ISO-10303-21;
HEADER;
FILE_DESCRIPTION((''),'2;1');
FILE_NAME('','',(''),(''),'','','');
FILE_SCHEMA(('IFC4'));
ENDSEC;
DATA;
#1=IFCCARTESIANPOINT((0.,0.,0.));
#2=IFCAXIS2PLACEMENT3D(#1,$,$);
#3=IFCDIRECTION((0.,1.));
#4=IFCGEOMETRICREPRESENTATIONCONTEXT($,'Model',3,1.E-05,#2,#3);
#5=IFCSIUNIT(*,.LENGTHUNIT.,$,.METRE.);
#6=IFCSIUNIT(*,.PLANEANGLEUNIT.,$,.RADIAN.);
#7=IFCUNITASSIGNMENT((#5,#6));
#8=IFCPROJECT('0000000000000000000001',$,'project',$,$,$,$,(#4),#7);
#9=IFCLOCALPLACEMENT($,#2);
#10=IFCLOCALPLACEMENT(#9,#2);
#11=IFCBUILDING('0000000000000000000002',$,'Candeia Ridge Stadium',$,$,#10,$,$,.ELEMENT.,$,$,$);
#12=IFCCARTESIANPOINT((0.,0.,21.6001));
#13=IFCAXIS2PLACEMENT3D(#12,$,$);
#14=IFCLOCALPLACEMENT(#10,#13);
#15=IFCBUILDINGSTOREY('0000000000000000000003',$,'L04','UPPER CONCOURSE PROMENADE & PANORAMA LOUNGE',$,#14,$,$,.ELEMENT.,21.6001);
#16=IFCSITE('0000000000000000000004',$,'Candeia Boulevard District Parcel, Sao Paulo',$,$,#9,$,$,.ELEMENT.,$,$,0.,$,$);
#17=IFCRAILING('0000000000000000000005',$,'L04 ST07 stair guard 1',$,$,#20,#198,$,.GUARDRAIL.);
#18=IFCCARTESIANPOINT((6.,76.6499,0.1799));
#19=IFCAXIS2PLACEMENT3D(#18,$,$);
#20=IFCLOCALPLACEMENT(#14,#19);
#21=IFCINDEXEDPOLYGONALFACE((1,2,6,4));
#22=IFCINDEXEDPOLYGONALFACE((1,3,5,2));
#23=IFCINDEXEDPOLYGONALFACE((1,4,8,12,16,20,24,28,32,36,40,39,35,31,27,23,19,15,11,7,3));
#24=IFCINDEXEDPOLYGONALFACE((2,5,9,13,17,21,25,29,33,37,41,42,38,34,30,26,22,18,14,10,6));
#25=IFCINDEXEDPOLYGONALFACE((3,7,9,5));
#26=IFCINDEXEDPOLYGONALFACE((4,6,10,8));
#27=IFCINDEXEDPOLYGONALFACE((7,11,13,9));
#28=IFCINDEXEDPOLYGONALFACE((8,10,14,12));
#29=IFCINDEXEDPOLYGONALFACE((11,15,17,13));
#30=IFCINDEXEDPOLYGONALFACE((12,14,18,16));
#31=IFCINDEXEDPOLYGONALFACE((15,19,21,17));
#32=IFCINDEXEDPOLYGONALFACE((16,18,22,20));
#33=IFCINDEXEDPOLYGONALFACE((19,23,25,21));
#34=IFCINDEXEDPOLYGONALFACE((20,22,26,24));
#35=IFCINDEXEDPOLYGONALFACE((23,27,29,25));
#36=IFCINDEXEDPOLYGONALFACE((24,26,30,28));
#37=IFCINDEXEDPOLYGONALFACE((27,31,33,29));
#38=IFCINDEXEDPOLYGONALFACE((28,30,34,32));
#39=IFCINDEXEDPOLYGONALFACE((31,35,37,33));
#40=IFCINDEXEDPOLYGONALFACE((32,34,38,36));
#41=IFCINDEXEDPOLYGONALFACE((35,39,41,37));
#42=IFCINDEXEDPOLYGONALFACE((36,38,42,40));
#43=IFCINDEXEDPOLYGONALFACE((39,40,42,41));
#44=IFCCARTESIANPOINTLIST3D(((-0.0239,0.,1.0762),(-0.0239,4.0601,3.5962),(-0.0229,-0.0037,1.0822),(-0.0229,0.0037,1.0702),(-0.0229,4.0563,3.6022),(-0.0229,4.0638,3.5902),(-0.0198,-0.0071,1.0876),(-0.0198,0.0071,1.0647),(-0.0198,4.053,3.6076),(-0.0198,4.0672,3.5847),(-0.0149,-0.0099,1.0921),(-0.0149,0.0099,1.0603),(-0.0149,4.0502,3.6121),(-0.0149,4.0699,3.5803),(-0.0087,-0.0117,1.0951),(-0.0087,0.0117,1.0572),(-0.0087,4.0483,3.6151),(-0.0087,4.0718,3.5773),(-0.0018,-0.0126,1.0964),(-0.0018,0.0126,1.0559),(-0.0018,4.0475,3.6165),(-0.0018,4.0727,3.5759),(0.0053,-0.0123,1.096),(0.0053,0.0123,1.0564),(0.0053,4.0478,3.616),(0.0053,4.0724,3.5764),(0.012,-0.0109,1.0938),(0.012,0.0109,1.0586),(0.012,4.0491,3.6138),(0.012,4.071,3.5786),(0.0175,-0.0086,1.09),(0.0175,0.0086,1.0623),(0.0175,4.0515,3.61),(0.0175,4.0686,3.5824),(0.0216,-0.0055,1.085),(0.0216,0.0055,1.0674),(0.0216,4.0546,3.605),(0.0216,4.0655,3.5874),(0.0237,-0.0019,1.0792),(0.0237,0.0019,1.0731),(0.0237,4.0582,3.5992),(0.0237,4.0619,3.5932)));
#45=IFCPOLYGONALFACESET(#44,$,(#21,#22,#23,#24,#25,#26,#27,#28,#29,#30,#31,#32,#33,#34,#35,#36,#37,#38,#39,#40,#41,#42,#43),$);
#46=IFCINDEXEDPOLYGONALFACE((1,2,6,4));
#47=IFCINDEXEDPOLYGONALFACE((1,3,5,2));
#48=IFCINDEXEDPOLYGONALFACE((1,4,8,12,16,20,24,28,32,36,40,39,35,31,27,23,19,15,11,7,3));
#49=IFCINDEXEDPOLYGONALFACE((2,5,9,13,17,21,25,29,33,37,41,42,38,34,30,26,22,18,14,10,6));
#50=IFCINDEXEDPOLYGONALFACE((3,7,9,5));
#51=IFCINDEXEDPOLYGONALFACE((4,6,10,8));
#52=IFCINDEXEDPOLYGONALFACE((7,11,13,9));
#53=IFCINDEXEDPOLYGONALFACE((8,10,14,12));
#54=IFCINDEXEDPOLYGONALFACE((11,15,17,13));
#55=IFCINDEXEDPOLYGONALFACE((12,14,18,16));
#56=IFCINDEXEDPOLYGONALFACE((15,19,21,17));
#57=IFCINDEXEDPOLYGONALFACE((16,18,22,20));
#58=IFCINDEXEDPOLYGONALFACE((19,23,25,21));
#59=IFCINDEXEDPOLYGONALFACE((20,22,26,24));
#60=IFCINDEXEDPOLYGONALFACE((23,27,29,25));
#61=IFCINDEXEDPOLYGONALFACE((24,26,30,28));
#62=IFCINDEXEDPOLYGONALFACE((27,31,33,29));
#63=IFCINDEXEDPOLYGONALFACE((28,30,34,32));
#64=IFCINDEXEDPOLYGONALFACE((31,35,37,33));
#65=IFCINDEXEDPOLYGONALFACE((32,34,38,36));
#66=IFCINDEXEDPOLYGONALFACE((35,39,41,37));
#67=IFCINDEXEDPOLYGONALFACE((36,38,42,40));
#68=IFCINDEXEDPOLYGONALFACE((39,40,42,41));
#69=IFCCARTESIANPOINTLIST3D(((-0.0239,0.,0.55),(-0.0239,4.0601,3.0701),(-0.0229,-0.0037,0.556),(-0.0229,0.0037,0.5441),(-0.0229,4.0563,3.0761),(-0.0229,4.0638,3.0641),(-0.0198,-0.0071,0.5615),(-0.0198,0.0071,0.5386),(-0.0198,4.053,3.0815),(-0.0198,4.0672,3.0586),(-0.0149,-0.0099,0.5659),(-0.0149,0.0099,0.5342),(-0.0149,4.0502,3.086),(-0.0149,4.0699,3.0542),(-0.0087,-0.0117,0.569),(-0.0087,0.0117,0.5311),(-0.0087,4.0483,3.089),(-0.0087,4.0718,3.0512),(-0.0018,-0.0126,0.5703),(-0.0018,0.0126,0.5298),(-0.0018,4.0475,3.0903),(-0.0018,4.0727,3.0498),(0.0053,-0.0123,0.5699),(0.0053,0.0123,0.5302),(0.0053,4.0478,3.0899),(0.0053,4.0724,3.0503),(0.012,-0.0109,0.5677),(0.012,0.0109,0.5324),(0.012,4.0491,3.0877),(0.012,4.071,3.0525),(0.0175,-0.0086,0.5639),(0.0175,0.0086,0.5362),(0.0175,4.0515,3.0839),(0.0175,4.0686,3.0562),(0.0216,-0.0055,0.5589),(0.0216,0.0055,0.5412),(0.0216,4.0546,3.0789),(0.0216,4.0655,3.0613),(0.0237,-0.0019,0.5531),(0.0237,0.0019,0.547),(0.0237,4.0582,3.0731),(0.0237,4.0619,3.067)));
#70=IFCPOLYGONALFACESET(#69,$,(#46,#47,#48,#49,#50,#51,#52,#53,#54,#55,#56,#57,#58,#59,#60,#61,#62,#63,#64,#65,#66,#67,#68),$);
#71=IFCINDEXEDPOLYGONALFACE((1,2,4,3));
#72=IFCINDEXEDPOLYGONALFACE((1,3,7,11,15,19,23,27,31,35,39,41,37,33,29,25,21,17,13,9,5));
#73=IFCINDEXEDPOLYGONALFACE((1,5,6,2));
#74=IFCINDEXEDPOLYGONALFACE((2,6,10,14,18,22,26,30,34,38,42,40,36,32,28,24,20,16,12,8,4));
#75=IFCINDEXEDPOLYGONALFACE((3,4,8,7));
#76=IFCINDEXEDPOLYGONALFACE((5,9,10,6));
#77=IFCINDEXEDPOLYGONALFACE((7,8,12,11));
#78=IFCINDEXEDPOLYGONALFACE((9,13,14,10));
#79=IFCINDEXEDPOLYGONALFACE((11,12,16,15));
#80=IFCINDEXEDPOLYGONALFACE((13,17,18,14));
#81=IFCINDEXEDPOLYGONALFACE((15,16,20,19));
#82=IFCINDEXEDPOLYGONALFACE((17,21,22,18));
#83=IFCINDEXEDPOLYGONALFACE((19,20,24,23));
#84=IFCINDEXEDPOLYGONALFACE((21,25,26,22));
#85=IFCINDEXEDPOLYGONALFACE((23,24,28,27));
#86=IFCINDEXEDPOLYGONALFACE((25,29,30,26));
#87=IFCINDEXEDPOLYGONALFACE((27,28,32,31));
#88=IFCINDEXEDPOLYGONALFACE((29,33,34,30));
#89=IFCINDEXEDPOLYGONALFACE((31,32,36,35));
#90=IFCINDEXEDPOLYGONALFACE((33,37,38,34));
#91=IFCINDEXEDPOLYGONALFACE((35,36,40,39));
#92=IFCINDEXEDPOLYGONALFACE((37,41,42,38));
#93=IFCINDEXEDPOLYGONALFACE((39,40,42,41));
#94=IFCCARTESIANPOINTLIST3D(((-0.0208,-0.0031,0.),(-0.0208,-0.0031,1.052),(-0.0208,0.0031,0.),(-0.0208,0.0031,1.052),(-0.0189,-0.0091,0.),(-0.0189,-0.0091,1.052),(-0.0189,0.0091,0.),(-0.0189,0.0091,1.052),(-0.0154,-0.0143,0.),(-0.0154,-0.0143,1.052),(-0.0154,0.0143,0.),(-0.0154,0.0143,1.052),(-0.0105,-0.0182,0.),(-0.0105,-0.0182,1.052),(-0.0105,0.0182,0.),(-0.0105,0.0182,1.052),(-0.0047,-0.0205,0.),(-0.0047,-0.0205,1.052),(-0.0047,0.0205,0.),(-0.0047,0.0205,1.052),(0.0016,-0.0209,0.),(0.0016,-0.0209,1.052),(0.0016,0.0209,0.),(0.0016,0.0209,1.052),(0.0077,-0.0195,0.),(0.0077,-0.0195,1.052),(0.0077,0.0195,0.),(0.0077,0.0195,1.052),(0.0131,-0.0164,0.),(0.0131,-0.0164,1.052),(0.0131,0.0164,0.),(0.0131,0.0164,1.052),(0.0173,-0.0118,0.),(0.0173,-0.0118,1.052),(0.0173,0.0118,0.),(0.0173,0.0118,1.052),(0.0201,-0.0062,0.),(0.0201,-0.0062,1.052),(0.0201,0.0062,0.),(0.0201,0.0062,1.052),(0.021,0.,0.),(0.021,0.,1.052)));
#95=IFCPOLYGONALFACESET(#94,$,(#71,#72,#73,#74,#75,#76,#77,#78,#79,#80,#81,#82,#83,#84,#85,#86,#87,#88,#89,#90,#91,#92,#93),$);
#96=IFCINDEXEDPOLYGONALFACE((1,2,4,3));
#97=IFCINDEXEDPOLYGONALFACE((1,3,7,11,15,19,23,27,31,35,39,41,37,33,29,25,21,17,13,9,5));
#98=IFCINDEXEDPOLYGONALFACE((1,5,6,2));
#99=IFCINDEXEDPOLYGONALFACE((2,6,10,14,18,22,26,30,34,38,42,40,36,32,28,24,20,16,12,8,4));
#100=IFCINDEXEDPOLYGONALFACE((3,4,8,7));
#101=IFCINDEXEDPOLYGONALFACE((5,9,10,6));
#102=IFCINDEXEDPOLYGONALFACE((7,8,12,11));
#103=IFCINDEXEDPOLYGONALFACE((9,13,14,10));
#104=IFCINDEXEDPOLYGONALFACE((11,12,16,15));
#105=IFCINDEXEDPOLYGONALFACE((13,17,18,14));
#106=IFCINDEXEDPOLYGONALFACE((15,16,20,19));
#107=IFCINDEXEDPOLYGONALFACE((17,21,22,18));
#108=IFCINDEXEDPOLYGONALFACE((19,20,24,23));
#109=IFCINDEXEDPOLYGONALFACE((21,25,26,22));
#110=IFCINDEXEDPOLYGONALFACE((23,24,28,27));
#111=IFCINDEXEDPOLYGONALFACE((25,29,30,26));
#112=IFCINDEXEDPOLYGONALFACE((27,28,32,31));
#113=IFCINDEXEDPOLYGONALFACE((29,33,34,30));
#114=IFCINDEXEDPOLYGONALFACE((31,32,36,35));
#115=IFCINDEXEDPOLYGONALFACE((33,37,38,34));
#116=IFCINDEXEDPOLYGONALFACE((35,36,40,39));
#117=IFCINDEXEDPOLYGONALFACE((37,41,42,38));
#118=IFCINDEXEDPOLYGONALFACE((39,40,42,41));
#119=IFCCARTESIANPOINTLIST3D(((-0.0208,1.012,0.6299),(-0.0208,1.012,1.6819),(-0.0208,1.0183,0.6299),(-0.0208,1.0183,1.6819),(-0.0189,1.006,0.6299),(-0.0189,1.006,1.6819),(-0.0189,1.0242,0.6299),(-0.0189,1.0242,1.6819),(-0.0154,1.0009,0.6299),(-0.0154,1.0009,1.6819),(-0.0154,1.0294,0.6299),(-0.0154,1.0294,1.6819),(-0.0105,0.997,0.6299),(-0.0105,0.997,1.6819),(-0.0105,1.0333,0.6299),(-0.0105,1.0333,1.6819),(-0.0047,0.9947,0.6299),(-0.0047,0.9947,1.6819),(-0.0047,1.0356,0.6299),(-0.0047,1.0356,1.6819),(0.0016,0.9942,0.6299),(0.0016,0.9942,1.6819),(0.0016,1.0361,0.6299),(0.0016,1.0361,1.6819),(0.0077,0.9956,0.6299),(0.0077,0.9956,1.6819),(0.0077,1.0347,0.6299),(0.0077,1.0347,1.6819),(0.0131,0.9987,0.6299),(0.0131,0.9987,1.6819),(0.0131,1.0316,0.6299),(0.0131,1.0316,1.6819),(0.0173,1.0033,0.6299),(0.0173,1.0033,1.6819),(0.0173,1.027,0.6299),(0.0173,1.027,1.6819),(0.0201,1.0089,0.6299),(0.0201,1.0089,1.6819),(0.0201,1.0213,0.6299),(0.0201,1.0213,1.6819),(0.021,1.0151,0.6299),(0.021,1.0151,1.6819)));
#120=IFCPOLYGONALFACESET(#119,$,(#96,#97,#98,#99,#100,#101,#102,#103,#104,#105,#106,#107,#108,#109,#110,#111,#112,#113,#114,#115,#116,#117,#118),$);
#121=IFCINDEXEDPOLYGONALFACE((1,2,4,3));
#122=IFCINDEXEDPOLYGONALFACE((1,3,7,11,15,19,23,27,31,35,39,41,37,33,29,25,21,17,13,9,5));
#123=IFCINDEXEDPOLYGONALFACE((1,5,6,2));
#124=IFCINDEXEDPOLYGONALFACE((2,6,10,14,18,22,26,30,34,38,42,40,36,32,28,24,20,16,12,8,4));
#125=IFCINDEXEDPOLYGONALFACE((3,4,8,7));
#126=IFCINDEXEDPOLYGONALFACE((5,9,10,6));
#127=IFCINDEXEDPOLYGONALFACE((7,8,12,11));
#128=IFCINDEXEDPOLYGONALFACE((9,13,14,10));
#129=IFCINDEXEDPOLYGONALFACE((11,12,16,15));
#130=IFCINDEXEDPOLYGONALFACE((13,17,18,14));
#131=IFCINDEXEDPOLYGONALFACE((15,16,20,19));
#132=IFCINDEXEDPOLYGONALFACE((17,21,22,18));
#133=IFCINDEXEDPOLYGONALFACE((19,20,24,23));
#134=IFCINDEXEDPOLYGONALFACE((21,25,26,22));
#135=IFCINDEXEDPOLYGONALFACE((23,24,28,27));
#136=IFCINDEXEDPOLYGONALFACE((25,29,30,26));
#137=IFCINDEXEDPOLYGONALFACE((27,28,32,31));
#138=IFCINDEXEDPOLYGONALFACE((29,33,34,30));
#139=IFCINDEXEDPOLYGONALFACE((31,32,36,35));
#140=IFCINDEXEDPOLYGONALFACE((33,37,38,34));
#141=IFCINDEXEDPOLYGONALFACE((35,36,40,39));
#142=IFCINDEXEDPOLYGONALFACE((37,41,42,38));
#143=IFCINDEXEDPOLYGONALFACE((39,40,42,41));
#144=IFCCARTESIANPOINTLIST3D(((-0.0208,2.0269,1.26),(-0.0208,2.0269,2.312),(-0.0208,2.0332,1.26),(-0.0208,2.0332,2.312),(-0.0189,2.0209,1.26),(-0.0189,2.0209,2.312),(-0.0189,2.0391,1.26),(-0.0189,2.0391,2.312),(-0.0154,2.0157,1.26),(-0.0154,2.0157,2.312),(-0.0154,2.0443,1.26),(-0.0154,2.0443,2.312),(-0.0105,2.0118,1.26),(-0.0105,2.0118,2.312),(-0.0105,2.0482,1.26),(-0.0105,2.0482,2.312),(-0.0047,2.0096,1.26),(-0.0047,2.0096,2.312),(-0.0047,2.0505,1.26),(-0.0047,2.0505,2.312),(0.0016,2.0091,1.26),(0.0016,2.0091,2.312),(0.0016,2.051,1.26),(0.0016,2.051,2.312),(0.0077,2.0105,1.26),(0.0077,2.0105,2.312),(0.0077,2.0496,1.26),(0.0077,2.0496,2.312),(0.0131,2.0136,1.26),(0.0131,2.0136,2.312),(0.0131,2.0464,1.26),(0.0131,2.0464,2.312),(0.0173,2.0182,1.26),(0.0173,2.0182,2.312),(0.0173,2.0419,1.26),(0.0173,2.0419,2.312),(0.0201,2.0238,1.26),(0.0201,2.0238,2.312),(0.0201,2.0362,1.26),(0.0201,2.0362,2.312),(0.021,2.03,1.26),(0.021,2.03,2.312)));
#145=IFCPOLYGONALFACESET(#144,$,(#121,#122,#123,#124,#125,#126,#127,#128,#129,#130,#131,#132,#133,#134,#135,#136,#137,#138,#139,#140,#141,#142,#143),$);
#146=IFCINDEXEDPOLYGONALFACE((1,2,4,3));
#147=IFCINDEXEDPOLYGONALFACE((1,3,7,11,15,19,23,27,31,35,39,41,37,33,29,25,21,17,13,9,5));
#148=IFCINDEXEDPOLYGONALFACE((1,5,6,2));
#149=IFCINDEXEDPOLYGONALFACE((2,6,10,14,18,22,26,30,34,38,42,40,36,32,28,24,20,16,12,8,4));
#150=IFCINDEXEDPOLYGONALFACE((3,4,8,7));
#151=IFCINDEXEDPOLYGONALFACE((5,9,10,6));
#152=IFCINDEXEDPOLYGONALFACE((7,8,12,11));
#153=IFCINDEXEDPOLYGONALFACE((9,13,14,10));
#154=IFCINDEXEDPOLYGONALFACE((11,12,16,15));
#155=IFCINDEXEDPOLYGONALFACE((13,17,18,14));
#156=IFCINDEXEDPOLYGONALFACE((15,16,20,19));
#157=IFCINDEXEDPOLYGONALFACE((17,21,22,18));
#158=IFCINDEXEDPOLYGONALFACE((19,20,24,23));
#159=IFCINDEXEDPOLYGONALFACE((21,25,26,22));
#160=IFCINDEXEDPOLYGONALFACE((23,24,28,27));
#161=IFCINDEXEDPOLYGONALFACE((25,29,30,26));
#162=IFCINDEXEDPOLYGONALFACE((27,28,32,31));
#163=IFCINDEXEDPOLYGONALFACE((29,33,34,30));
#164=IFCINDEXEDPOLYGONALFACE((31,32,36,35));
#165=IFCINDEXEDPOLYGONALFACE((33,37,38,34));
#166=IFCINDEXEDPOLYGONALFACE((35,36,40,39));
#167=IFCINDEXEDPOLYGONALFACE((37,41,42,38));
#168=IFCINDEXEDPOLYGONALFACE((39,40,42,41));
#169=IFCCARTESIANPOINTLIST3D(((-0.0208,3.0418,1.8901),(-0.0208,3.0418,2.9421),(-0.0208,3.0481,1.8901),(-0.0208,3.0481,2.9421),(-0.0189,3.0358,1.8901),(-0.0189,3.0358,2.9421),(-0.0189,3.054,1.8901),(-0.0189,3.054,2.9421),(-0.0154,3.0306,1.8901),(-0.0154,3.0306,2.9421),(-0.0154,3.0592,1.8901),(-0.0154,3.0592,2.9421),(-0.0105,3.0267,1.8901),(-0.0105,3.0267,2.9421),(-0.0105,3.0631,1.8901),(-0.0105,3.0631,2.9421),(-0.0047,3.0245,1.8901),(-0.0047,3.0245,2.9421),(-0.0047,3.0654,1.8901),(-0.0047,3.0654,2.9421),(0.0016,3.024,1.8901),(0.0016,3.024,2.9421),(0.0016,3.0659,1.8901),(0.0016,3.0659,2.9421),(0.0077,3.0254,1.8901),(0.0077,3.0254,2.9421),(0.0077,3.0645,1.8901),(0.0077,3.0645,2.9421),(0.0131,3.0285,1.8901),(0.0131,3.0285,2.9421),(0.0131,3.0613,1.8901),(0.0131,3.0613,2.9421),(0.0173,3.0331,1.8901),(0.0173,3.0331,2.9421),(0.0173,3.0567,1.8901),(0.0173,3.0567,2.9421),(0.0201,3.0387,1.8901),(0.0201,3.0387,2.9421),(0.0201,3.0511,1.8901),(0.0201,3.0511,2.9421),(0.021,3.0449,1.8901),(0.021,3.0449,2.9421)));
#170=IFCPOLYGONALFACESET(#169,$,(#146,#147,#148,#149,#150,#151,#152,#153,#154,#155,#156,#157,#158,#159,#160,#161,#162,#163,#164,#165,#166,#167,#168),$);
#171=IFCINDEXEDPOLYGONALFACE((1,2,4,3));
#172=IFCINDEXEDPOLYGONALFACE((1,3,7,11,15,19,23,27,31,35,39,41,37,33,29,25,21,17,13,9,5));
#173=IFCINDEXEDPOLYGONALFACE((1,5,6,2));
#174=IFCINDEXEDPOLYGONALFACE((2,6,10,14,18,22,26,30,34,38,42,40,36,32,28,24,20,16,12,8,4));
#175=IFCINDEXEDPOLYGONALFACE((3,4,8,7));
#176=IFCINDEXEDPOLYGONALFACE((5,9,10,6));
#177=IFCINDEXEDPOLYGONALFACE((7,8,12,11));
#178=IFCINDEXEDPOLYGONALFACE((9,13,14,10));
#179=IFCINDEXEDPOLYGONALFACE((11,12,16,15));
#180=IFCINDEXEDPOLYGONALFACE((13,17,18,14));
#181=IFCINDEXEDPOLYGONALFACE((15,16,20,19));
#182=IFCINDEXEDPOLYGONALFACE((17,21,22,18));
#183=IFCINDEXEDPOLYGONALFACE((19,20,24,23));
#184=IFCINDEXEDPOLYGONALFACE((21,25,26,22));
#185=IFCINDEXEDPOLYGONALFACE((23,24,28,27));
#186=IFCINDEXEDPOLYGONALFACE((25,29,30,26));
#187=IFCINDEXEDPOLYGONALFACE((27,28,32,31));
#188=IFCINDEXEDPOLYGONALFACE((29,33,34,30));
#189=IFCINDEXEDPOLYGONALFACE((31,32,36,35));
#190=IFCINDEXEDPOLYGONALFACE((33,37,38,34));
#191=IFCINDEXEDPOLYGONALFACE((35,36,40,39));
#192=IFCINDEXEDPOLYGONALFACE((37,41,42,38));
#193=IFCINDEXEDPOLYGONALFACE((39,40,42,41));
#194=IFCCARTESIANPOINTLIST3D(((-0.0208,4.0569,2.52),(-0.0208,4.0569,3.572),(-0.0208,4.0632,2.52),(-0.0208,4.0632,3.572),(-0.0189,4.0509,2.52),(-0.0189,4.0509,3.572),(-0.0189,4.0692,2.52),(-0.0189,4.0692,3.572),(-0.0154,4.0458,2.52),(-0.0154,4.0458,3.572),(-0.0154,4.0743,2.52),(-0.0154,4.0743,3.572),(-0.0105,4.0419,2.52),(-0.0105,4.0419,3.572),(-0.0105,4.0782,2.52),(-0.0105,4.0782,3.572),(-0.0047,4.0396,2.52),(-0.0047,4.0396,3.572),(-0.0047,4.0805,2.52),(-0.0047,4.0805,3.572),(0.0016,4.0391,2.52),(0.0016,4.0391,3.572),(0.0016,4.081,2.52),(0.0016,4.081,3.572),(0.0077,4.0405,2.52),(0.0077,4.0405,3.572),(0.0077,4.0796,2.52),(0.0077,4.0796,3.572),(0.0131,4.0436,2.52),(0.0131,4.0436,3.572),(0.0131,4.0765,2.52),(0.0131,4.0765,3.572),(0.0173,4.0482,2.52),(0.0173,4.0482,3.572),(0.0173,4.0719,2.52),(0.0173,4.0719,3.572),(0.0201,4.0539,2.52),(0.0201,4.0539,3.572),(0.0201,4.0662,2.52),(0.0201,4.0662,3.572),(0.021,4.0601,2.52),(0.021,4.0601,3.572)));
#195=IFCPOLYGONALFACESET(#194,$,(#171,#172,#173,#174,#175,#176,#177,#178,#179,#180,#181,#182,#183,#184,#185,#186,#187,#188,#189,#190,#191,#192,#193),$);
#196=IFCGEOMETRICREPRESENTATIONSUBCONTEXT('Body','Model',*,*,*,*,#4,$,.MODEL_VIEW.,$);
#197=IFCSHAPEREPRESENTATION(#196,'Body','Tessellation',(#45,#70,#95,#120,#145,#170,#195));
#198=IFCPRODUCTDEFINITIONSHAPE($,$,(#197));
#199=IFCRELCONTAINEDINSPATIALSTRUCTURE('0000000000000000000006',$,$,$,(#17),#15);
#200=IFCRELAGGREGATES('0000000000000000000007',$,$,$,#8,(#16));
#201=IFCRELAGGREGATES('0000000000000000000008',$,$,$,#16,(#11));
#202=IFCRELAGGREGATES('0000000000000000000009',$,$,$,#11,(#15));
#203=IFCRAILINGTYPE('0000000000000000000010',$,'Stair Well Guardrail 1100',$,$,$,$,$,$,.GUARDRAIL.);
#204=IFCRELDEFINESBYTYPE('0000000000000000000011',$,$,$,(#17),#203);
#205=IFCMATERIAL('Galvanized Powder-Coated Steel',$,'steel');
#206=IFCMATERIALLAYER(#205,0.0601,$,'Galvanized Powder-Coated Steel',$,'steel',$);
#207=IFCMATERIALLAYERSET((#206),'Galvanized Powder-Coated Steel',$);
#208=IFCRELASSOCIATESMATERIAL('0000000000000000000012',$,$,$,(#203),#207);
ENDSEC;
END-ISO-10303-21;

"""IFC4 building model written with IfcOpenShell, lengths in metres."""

from ifc_helpers import new_model, si_unit, direction, frame, origin, origin_2d, place, context, subcontext, project, spatial, circle, extrude, material, layer, layer_set, type_object, element, save


model = new_model("IFC4")

# Units and contexts
model_context = context("Model", 3, precision=1e-05, world=origin(), true_north=direction((0.0, 1.0)))
body_context = subcontext(model_context, "Body", "Model", "MODEL_VIEW")
ifc_project = project(units=[si_unit("LENGTHUNIT", "METRE"), si_unit("PLANEANGLEUNIT", "RADIAN")], contexts=[model_context])

# Site, building, storey
site_placement = place(None, origin())
site = spatial("IfcSite", under=ifc_project, at=site_placement, Name="Candeia Boulevard District Parcel, Sao Paulo", CompositionType="ELEMENT", RefElevation=0.0)
building_placement = place(site_placement, origin())
building = spatial("IfcBuilding", under=site, at=building_placement, Name="Candeia Ridge Stadium", CompositionType="ELEMENT")
storey_placement = place(building_placement, frame((0.0, 0.0, 21.6001)))
storey = spatial("IfcBuildingStorey", under=building, at=storey_placement, Name="L04", Description="UPPER CONCOURSE PROMENADE & PANORAMA LOUNGE", CompositionType="ELEMENT", Elevation=21.6001)

# Railing
ifc_material_1 = material(Name="Galvanized Powder-Coated Steel", Category="steel")
ifc_layer_1 = layer(ifc_material_1, 0.0601, Name="Galvanized Powder-Coated Steel", Category="steel")
ifc_layer_set_1 = layer_set([ifc_layer_1], Name="Galvanized Powder-Coated Steel")
railing_type_1 = type_object("IfcRailingType", Name="Stair Well Guardrail 1100", PredefinedType="GUARDRAIL", material=ifc_layer_set_1)
railing_1_placement = place(storey_placement, frame((6.0, 76.6499, 0.1799)))
element("IfcRailing", 1, at=railing_1_placement, inside=storey, type_object=railing_type_1, Name="L04 ST07 stair guard 1", PredefinedType="GUARDRAIL", context=body_context, shape_type="SweptSolid", body=[
    extrude(circle(Radius=0.0239, at=origin_2d()), frame((0.0, 0.0, 1.0762), z_axis=(0.0, 0.849642, 0.52736), x_axis=(-1.0, 0.0, 0.0)), (0.0, 0.0, 1.0), 4.7786),
    extrude(circle(Radius=0.0239, at=origin_2d()), frame((0.0, 0.0, 0.55), z_axis=(0.0, 0.849642, 0.52736), x_axis=(-1.0, 0.0, 0.0)), (0.0, 0.0, 1.0), 4.7786),
    extrude(circle(Radius=0.021, at=origin_2d()), origin(), (0.0, 0.0, 1.0), 1.052),
    extrude(circle(Radius=0.021, at=origin_2d()), frame((0.0, 1.0151, 0.6299)), (0.0, 0.0, 1.0), 1.052),
    extrude(circle(Radius=0.021, at=origin_2d()), frame((0.0, 2.03, 1.26)), (0.0, 0.0, 1.0), 1.052),
    extrude(circle(Radius=0.021, at=origin_2d()), frame((0.0, 3.0449, 1.8901)), (0.0, 0.0, 1.0), 1.052),
    extrude(circle(Radius=0.021, at=origin_2d()), frame((0.0, 4.0601, 2.52)), (0.0, 0.0, 1.0), 1.052),
])

save(model, "model.ifc")
